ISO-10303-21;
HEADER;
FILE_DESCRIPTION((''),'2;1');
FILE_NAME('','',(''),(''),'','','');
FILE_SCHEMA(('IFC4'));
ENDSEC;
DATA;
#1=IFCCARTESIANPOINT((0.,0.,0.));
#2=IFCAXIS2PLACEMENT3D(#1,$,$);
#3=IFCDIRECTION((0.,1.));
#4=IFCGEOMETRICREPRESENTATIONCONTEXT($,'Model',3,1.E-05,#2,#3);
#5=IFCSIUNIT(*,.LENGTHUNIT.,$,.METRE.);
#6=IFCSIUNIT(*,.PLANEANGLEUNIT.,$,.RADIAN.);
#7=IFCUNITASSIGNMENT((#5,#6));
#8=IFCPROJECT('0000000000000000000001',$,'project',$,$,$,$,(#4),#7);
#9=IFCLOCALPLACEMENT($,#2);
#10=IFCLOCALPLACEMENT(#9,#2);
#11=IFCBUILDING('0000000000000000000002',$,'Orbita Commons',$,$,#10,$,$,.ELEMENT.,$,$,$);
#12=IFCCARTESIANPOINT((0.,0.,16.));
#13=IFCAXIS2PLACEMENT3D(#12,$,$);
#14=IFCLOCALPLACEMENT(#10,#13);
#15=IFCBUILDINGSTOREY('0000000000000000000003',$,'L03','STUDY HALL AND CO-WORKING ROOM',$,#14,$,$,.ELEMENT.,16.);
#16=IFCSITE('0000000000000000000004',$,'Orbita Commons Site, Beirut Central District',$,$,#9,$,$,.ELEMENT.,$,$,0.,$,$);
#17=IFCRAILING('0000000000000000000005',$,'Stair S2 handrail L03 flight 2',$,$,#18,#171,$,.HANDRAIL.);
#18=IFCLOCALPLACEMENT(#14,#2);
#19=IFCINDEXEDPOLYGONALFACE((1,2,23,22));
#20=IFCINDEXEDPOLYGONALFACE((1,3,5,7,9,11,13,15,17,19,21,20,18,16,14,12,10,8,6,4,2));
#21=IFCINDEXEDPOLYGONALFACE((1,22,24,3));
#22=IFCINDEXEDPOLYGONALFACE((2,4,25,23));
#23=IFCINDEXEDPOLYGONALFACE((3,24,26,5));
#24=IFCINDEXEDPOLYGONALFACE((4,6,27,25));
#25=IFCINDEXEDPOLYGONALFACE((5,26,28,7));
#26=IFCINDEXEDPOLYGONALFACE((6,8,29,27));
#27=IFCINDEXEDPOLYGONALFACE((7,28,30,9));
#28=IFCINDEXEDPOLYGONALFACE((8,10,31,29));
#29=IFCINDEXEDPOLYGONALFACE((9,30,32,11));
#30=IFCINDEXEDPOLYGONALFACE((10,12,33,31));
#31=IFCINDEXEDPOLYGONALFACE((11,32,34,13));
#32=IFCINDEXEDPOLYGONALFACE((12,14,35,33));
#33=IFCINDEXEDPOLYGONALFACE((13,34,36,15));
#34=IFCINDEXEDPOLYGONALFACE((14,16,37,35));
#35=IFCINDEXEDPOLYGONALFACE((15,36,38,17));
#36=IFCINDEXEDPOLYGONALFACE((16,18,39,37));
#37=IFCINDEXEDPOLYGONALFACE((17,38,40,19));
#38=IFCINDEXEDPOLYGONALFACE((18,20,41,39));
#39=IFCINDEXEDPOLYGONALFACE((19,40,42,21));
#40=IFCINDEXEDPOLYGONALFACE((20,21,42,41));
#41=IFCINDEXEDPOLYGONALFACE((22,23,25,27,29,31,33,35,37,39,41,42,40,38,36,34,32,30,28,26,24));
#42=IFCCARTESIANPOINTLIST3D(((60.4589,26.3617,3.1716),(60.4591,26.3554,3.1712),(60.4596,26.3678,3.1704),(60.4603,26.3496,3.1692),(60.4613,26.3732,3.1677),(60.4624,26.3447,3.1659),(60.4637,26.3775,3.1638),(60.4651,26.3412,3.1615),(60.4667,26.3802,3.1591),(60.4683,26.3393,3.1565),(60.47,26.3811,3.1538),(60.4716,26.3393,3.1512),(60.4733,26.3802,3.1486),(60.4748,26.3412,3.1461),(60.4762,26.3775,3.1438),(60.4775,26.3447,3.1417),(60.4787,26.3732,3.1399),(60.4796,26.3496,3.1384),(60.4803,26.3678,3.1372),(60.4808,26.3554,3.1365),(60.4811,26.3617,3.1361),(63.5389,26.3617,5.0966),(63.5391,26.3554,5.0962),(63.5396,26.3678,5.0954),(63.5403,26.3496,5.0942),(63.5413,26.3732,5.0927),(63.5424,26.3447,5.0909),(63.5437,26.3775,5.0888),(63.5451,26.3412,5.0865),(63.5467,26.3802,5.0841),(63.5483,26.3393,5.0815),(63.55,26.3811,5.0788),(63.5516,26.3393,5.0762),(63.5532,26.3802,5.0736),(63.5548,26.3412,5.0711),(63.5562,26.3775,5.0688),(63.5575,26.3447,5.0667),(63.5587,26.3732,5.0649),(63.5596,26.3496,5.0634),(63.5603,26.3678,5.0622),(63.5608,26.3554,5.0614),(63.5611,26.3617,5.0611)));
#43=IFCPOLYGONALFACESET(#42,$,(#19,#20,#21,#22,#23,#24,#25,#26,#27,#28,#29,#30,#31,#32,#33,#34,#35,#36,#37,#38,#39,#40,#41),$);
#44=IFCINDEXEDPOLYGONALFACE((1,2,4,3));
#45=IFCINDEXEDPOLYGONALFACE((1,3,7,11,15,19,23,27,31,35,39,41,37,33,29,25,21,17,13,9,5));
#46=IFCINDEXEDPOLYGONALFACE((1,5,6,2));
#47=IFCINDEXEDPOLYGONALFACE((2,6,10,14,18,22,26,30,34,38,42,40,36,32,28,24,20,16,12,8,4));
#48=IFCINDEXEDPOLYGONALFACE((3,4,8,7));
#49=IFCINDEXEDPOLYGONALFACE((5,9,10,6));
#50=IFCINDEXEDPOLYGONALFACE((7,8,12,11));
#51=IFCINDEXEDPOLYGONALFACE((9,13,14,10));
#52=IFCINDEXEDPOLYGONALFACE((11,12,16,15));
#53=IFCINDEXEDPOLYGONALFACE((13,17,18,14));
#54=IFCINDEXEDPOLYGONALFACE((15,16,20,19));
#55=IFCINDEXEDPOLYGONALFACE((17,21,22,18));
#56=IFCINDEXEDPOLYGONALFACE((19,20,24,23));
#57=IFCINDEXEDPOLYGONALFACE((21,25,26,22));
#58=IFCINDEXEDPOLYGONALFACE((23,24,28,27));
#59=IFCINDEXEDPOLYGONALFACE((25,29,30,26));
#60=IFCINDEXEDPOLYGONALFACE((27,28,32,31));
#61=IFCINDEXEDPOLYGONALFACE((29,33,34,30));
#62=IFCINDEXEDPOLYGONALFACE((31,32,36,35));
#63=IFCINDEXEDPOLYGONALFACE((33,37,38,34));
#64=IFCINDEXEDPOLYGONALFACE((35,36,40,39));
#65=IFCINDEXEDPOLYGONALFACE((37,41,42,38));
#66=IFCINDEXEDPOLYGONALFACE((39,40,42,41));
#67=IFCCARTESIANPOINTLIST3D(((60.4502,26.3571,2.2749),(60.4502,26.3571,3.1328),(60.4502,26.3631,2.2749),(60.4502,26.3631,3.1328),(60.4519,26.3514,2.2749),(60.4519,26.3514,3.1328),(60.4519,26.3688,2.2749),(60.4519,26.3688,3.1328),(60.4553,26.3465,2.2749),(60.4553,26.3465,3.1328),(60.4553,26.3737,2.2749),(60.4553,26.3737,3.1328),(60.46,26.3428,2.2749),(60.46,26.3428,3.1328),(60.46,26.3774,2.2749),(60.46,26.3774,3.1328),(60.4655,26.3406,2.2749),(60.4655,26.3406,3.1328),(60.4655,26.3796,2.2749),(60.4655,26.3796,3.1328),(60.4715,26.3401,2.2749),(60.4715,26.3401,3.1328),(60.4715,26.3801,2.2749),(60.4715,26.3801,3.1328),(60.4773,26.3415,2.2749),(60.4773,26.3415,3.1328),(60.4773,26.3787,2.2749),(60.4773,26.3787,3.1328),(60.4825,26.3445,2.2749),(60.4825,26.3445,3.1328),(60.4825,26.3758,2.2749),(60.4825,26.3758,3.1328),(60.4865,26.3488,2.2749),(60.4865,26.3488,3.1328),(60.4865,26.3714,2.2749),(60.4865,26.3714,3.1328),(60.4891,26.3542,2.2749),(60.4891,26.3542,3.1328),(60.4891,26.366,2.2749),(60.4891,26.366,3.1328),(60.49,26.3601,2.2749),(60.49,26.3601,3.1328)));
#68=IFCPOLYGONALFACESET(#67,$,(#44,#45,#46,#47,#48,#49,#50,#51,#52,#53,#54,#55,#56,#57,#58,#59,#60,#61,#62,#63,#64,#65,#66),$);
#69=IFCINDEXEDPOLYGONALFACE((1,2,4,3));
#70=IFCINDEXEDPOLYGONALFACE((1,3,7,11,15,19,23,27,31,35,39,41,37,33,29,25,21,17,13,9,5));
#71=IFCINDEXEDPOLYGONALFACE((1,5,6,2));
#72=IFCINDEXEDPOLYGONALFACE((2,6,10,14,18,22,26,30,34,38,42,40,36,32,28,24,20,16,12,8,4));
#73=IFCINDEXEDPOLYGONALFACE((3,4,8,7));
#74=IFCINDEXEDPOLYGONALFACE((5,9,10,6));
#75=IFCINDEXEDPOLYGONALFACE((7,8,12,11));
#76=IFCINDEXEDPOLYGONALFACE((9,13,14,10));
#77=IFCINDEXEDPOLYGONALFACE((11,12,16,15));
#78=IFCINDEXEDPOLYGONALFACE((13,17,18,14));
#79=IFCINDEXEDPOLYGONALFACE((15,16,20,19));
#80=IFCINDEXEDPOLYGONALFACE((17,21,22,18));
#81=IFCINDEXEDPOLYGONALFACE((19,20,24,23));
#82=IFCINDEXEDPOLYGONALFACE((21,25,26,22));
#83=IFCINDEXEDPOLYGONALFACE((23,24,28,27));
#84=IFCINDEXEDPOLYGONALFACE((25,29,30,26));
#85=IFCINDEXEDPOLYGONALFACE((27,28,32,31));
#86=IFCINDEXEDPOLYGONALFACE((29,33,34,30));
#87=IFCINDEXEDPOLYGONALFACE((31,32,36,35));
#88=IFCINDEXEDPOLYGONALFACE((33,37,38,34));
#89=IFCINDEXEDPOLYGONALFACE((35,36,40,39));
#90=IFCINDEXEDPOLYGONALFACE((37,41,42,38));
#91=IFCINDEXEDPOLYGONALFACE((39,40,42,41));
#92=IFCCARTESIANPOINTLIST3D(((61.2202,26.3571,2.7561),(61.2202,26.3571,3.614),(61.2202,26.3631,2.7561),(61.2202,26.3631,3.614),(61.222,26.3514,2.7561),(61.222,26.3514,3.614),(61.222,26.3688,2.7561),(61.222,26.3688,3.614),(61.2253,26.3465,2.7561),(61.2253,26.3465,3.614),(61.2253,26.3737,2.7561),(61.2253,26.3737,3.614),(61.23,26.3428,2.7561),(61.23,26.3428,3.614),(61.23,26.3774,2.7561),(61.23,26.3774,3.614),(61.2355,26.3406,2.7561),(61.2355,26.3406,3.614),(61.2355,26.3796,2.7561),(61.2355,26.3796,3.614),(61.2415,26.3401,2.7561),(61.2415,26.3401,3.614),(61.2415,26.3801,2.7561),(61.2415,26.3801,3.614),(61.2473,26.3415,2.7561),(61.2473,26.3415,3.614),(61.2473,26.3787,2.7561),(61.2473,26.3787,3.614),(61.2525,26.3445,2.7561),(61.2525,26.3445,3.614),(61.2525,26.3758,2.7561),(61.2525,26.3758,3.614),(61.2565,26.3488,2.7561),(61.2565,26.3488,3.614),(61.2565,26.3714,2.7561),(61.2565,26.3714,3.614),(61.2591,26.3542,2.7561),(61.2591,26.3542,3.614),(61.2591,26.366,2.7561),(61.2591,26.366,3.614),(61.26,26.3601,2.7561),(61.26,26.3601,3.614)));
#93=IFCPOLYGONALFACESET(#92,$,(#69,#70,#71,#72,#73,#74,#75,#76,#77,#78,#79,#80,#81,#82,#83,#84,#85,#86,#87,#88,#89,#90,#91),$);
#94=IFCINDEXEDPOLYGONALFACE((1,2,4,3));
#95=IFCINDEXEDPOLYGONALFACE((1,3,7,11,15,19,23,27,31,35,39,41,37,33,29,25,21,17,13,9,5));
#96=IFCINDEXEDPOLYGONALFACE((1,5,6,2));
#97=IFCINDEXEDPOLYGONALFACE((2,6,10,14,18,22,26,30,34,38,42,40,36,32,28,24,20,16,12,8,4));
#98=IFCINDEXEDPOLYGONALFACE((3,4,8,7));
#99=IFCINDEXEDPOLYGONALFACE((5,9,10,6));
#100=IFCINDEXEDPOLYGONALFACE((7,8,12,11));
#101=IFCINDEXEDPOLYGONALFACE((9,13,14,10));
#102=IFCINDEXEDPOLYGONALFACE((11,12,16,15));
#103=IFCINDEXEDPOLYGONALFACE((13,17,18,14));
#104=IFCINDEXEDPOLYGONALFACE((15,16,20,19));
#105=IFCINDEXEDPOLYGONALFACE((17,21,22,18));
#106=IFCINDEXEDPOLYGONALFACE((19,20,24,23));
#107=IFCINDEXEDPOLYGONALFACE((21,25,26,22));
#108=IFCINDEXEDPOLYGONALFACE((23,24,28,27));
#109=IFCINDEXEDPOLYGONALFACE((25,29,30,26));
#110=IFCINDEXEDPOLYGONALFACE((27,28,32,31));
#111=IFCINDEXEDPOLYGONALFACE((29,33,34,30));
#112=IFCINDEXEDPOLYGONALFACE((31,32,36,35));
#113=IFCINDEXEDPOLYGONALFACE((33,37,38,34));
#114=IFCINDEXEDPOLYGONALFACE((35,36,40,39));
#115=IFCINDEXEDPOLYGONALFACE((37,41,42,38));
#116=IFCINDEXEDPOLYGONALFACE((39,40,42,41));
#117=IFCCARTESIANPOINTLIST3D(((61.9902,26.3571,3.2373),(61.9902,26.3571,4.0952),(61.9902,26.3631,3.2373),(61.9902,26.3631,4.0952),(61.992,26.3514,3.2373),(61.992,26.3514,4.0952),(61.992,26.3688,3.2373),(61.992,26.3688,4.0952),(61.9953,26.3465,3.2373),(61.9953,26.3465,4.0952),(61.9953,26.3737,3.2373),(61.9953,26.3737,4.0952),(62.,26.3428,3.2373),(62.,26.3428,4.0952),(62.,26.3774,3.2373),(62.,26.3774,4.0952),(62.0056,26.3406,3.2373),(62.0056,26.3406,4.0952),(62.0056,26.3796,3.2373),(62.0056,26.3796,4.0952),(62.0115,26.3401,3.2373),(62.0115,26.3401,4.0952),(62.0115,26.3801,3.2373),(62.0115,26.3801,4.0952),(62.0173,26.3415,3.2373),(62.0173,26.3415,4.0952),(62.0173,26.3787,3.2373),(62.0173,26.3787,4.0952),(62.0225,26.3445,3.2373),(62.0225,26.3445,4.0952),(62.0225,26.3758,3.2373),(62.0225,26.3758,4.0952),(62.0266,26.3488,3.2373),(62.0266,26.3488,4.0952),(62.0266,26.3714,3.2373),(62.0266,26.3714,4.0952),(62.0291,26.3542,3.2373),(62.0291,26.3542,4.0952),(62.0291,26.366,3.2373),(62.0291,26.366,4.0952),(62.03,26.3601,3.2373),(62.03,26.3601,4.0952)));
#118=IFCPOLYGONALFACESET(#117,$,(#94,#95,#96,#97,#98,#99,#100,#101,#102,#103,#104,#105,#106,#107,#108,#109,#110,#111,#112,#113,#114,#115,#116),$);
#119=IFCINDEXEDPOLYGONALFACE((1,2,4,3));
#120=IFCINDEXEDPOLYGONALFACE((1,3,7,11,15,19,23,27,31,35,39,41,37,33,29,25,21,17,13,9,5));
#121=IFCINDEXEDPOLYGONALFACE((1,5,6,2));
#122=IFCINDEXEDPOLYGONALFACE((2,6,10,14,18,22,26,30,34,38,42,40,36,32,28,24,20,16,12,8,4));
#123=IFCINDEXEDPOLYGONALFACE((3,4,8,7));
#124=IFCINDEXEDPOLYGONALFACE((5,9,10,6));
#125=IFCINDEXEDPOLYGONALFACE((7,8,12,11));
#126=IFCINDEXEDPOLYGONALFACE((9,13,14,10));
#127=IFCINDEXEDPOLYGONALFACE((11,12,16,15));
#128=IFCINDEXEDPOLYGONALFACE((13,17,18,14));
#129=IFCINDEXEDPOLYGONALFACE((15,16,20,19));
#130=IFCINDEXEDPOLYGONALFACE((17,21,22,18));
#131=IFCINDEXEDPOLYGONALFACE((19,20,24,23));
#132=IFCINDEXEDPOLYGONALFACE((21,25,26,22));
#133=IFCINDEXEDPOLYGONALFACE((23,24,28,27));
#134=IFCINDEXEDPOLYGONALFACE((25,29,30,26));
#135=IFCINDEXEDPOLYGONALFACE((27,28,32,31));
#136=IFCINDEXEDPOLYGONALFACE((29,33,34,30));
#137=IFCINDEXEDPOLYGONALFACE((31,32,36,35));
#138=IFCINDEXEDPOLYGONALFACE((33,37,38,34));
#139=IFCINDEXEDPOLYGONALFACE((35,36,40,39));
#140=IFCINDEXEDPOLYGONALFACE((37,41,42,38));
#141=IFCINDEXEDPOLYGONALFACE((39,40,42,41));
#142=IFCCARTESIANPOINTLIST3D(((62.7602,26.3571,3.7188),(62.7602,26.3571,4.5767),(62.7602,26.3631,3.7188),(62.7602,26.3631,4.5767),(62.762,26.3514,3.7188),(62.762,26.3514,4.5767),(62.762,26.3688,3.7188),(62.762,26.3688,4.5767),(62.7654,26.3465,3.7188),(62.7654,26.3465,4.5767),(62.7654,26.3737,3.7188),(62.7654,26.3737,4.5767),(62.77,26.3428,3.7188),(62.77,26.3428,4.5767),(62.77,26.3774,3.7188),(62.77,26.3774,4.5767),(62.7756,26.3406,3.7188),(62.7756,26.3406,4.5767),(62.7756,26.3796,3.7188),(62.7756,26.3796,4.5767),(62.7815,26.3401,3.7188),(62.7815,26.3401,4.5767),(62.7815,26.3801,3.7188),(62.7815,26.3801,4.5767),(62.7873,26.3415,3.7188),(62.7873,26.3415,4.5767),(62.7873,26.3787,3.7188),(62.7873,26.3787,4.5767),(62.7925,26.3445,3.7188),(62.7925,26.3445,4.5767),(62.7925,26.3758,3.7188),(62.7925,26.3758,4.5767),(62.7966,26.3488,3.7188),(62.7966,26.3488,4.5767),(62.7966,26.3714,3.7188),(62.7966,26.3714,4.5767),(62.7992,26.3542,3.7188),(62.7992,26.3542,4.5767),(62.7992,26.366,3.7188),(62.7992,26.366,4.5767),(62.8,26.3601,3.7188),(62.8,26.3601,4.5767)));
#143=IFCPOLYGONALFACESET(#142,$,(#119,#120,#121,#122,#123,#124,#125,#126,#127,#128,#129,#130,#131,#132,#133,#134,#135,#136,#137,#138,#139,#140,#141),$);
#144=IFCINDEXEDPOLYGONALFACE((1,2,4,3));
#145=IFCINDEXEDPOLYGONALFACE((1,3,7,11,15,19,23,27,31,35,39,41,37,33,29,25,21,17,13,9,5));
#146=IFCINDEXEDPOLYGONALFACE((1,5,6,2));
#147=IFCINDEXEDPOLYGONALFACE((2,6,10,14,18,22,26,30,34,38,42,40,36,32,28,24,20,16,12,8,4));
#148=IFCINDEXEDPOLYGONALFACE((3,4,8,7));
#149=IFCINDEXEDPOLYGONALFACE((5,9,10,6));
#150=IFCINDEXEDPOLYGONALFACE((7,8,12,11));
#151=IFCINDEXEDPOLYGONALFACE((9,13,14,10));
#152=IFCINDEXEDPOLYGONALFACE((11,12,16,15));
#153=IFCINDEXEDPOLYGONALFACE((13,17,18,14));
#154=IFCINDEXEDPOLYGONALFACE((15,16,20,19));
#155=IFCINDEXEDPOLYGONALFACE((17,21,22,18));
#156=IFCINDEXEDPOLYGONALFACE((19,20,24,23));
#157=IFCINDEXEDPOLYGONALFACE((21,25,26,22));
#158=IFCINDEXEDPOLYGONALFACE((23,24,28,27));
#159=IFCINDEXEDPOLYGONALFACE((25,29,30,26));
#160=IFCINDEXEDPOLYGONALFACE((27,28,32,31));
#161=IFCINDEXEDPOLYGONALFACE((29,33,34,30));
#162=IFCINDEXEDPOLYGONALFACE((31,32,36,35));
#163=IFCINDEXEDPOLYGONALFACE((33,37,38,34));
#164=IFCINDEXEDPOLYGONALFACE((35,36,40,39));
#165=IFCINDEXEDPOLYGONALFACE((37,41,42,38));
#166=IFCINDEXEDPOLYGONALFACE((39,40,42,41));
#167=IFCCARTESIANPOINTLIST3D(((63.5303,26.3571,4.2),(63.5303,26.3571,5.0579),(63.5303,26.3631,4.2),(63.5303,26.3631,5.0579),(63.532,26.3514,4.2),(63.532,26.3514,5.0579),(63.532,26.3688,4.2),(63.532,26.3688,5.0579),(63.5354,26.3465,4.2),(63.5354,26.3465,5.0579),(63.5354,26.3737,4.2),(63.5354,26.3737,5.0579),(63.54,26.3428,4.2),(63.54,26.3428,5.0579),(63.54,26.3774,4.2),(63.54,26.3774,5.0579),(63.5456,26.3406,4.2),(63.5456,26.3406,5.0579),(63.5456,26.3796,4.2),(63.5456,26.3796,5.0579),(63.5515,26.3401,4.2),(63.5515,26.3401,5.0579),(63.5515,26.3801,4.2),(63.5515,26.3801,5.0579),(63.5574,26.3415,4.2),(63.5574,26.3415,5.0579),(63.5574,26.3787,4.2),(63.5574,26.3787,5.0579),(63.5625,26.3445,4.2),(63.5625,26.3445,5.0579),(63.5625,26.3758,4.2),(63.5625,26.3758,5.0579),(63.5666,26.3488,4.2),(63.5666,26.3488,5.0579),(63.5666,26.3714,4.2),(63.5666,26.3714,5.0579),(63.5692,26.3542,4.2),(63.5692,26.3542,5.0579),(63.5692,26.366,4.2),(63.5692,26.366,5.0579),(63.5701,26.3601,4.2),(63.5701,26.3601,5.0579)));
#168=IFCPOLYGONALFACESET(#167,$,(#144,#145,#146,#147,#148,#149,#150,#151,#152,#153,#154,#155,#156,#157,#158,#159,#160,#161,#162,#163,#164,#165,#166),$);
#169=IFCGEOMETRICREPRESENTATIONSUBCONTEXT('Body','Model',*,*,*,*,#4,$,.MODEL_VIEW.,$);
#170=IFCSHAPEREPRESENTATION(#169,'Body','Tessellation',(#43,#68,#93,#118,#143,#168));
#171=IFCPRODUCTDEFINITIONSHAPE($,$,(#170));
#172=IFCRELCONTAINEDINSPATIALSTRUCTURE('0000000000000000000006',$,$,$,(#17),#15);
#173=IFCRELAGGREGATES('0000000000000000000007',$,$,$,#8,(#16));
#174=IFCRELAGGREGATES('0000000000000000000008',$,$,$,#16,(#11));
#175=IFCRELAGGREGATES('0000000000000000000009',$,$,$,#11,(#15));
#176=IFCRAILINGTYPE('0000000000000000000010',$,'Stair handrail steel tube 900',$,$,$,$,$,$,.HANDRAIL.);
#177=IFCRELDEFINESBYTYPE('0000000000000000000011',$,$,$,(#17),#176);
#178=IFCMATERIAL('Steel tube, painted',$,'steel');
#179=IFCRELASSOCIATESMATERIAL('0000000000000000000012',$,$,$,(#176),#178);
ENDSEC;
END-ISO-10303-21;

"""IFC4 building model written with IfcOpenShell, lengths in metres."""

from ifc_helpers import new_model, si_unit, direction, frame, origin, origin_2d, place, context, subcontext, project, spatial, circle, extrude, material, type_object, element, save


model = new_model("IFC4")

# Units and contexts
model_context = context("Model", 3, precision=1e-05, world=origin(), true_north=direction((0.0, 1.0)))
body_context = subcontext(model_context, "Body", "Model", "MODEL_VIEW")
ifc_project = project(units=[si_unit("LENGTHUNIT", "METRE"), si_unit("PLANEANGLEUNIT", "RADIAN")], contexts=[model_context])

# Site, building, storey
site_placement = place(None, origin())
site = spatial("IfcSite", under=ifc_project, at=site_placement, Name="Orbita Commons Site, Beirut Central District", CompositionType="ELEMENT", RefElevation=0.0)
building_placement = place(site_placement, origin())
building = spatial("IfcBuilding", under=site, at=building_placement, Name="Orbita Commons", CompositionType="ELEMENT")
storey_placement = place(building_placement, frame((0.0, 0.0, 16.0)))
storey = spatial("IfcBuildingStorey", under=building, at=storey_placement, Name="L03", Description="STUDY HALL AND CO-WORKING ROOM", CompositionType="ELEMENT", Elevation=16.0)

# Railing
ifc_material_1 = material(Name="Steel tube, painted", Category="steel")
railing_type = type_object("IfcRailingType", Name="Stair handrail steel tube 900", PredefinedType="HANDRAIL", material=ifc_material_1)
for number, where, name in (
    (1, (60.47, 26.3601, 2.2749), "Stair S2 handrail L03 flight 2"),
):
    element("IfcRailing", number, at=place(storey_placement, frame(where)), inside=storey, type_object=railing_type, Name=name, PredefinedType="HANDRAIL", context=body_context, shape_type="SweptSolid", body=[
        extrude(circle(Radius=0.021, at=origin_2d()), frame((0.0, 0.0, 0.8789), z_axis=(0.847998, 0.0, 0.529999), x_axis=(0.0, 1.0, 0.0)), (0.0, 0.0, 1.0), 3.6321),
        extrude(circle(Radius=0.02, at=origin_2d()), origin(), (0.0, 0.0, 1.0), 0.8579),
        extrude(circle(Radius=0.02, at=origin_2d()), frame((0.77, 0.0, 0.4812)), (0.0, 0.0, 1.0), 0.8579),
        extrude(circle(Radius=0.02, at=origin_2d()), frame((1.54, 0.0, 0.9624)), (0.0, 0.0, 1.0), 0.8579),
        extrude(circle(Radius=0.02, at=origin_2d()), frame((2.3101, 0.0, 1.4438)), (0.0, 0.0, 1.0), 0.8579),
        extrude(circle(Radius=0.02, at=origin_2d()), frame((3.0801, 0.0, 1.925)), (0.0, 0.0, 1.0), 0.8579),
    ])

save(model, "model.ifc")
